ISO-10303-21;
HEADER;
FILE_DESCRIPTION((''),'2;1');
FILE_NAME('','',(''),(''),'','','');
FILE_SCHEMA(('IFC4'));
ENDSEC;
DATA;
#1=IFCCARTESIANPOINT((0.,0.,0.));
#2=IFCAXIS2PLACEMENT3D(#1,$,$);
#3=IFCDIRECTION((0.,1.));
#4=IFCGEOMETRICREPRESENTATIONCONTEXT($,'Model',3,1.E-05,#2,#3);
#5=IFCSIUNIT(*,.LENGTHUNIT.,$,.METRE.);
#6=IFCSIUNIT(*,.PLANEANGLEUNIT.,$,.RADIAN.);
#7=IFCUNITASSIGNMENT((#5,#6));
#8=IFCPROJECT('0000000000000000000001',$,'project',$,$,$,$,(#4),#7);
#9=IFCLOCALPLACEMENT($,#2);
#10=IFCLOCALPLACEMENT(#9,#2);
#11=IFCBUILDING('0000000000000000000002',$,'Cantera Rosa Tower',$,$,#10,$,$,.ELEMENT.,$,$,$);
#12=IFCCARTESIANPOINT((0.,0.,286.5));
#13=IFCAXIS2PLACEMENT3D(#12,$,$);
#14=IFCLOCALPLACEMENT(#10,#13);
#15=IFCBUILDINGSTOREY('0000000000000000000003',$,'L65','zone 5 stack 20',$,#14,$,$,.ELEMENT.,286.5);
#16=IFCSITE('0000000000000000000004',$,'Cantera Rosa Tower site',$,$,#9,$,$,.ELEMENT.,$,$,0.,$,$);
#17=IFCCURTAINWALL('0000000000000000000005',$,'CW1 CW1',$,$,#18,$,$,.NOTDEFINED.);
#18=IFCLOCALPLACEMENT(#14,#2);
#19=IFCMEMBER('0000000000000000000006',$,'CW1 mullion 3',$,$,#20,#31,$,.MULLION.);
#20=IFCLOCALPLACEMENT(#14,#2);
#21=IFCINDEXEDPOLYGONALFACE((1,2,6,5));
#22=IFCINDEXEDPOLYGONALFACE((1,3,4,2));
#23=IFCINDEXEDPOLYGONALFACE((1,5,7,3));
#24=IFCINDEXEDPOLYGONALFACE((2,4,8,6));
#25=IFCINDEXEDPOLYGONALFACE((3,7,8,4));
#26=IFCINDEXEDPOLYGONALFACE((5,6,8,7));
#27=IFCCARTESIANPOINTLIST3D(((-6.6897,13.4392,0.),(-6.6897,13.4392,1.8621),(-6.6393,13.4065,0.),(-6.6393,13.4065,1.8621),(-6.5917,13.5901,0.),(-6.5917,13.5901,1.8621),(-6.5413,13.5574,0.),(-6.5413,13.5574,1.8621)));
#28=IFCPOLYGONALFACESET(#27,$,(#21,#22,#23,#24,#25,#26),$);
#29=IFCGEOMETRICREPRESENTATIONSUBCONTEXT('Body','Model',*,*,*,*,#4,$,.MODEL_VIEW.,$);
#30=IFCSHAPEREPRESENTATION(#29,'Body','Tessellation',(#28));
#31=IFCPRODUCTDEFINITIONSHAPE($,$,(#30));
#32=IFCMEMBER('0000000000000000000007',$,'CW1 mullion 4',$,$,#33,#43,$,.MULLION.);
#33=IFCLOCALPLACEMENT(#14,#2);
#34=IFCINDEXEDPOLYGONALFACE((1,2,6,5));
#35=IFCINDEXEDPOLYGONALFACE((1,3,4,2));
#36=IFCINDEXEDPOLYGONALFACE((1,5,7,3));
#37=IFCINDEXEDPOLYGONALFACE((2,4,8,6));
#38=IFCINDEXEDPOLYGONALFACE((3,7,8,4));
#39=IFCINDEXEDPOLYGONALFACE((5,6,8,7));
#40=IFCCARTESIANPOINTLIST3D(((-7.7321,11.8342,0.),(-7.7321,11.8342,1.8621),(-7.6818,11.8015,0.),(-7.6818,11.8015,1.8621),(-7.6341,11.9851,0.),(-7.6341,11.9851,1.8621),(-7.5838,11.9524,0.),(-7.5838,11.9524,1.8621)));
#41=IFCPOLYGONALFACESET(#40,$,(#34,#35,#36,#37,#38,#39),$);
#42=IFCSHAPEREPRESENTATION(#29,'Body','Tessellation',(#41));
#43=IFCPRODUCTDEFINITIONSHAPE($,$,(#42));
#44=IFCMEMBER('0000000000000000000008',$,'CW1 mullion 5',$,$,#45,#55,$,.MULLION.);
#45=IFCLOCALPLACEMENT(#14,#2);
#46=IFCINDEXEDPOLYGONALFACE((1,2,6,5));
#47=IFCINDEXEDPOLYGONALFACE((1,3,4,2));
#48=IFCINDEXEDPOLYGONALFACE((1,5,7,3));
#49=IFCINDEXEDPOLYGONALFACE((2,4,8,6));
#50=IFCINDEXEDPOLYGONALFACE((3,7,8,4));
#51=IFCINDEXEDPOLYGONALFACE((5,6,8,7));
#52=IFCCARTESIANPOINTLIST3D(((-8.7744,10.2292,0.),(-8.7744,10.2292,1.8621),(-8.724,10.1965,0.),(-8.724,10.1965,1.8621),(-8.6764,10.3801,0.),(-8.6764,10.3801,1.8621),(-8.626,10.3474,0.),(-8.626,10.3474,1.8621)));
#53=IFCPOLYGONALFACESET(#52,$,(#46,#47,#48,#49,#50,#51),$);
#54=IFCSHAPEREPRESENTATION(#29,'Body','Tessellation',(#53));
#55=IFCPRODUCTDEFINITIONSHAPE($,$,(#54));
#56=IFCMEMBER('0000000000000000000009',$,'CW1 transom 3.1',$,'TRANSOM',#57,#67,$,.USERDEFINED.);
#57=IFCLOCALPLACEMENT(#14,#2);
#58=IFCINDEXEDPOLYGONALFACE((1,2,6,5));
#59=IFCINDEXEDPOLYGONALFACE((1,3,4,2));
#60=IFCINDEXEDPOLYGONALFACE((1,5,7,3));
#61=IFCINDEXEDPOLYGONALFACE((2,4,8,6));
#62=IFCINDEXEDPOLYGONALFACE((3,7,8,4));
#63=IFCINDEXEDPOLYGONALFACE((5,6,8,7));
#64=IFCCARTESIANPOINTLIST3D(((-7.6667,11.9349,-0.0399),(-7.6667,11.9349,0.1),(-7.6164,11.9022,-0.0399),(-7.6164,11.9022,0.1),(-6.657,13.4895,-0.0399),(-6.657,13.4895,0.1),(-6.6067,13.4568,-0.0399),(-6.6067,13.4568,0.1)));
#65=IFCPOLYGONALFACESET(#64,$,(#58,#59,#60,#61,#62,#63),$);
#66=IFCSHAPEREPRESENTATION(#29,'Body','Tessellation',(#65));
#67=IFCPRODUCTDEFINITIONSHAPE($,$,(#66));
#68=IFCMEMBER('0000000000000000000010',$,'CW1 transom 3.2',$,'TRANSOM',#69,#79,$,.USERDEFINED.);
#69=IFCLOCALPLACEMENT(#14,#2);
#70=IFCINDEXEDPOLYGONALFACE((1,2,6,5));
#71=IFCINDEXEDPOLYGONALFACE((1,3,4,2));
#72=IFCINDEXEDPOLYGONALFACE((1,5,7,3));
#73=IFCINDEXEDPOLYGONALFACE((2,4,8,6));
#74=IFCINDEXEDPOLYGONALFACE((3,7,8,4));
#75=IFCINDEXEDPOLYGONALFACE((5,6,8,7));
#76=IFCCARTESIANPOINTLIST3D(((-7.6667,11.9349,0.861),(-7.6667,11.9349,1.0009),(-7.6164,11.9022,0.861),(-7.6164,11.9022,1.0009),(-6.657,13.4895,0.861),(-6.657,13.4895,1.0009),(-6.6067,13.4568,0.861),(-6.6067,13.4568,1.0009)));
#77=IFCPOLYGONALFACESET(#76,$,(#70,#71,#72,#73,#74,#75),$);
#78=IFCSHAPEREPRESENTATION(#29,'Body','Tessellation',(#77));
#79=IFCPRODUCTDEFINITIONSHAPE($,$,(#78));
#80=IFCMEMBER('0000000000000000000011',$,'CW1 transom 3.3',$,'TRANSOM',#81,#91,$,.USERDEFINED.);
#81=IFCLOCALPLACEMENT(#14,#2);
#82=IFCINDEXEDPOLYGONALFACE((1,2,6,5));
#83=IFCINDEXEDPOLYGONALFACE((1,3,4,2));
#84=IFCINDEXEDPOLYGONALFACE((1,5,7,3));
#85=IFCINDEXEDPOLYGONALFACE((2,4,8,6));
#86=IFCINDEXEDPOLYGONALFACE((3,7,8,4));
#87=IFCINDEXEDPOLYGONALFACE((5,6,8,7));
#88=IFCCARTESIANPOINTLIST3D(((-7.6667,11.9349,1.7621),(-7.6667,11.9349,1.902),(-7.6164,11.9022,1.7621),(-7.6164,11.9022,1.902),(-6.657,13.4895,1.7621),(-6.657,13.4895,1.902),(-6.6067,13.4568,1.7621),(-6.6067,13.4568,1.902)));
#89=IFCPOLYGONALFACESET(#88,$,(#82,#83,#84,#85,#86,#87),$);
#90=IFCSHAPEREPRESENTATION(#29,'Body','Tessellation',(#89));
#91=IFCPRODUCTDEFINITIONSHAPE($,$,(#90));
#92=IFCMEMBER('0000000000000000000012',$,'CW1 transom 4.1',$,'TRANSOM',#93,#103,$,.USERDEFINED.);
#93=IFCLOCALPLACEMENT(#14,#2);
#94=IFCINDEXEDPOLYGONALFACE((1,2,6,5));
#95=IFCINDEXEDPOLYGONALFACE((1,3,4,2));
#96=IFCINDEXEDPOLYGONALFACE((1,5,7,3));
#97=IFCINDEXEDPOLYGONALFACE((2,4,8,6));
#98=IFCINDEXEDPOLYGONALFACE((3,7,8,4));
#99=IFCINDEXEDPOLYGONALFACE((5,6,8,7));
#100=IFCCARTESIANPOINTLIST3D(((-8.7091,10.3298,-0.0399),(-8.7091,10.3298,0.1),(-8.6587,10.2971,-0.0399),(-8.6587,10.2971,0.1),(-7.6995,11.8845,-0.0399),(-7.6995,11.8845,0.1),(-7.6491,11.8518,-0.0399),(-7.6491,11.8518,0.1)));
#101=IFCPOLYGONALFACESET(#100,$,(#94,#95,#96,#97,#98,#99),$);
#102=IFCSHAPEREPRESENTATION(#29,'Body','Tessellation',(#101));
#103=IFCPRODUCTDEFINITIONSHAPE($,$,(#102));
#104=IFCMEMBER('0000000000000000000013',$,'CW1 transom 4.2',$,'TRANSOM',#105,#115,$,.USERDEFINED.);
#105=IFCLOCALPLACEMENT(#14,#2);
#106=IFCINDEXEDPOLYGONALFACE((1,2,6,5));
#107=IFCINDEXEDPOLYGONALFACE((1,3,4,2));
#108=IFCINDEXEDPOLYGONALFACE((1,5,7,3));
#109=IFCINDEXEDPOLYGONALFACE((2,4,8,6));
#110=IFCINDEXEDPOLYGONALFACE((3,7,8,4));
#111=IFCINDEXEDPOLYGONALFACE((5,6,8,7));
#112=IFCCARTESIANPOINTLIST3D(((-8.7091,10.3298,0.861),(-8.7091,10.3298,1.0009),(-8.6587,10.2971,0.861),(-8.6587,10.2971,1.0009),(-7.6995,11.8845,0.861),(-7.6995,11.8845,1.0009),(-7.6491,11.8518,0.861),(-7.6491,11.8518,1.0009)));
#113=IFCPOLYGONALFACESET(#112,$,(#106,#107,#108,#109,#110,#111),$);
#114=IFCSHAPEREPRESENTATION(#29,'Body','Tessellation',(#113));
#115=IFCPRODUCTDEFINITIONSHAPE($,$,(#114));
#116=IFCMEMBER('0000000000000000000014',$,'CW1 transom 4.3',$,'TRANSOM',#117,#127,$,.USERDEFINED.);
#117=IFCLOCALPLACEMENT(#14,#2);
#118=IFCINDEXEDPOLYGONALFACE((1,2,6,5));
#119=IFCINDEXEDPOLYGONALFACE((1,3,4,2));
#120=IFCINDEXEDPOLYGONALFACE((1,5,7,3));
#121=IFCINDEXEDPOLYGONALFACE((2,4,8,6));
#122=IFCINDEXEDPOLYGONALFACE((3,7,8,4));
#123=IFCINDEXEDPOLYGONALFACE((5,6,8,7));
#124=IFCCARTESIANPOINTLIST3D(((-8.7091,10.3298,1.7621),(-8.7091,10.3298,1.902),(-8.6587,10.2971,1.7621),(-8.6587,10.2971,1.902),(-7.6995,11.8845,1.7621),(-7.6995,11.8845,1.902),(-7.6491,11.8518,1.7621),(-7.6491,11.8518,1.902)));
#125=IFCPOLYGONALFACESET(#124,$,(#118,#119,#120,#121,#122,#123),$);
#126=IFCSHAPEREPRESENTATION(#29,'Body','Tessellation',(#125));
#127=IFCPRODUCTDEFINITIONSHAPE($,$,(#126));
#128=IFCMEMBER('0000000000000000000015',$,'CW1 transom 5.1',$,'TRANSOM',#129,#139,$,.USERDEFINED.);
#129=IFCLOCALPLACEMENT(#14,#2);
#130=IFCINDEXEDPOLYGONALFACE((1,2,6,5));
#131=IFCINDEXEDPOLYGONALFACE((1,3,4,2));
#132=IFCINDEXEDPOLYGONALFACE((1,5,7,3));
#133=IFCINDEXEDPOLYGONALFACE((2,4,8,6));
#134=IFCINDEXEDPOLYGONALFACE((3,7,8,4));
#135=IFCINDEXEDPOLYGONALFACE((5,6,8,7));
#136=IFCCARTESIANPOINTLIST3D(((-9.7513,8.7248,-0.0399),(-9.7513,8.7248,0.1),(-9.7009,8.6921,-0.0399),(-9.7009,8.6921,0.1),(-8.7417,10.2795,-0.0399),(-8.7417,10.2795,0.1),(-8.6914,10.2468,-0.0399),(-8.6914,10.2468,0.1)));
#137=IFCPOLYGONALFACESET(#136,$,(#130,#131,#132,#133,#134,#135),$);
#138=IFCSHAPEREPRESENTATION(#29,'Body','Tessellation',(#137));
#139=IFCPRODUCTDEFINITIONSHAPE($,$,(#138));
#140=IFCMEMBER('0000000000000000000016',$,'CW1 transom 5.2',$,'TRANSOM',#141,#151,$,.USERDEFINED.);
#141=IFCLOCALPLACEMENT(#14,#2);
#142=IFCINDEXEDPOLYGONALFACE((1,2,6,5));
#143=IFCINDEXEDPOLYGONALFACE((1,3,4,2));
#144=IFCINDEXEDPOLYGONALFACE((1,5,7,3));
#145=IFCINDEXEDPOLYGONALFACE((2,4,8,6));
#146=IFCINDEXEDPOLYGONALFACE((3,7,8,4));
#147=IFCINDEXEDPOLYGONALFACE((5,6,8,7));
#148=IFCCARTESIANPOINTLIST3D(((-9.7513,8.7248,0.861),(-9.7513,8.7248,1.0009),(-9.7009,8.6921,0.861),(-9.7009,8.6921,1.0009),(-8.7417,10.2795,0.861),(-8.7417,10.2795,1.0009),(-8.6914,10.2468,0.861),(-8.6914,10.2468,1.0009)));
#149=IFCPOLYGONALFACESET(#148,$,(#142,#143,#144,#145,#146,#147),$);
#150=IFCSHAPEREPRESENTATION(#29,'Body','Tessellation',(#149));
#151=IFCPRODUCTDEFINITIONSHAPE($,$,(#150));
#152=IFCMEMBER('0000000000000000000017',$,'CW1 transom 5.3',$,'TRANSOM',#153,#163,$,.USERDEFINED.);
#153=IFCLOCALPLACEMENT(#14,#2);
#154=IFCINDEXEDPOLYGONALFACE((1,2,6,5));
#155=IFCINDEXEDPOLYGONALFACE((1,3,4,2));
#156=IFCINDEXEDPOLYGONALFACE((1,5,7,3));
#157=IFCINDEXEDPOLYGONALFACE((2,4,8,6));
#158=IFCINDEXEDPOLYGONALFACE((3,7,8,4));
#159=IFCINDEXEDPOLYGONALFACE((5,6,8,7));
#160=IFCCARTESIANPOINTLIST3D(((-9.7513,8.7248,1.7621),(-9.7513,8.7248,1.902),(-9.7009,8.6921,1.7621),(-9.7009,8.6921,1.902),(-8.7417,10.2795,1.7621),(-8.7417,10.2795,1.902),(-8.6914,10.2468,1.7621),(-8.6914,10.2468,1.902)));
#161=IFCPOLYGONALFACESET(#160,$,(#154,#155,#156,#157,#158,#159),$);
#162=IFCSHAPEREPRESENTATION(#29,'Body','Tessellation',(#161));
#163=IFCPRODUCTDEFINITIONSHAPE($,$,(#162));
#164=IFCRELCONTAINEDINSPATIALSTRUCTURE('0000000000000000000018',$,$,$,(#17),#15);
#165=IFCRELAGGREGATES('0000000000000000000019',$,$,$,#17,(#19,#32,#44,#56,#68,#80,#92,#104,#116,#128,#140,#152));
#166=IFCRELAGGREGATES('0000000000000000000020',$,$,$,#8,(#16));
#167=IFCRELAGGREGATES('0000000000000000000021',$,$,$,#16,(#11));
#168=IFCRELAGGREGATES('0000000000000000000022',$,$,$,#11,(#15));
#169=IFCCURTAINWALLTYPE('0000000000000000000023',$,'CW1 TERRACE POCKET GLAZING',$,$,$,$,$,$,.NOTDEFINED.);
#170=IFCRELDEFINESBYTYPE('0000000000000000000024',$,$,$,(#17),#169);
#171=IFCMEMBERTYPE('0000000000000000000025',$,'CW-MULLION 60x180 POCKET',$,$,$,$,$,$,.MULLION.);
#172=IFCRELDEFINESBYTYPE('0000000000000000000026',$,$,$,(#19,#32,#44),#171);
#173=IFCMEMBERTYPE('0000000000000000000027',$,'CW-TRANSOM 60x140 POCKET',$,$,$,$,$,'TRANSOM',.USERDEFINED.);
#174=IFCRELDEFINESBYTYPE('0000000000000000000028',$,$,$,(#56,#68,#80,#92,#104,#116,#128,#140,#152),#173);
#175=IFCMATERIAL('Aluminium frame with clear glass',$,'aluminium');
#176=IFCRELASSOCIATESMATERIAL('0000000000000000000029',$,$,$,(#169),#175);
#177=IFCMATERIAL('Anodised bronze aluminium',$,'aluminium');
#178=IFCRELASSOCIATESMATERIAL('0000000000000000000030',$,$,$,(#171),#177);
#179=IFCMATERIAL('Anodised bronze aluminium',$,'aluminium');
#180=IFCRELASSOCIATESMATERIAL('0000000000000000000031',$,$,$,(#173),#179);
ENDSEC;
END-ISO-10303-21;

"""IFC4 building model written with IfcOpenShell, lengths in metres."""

from ifc_helpers import new_model, si_unit, direction, frame, origin, origin_2d, place, context, subcontext, project, spatial, rectangle, extrude, material, material_profile, profile_set, type_object, element, aggregate, save


model = new_model("IFC4")

# Units and contexts
model_context = context("Model", 3, precision=1e-05, world=origin(), true_north=direction((0.0, 1.0)))
body_context = subcontext(model_context, "Body", "Model", "MODEL_VIEW")
ifc_project = project(units=[si_unit("LENGTHUNIT", "METRE"), si_unit("PLANEANGLEUNIT", "RADIAN")], contexts=[model_context])

# Site, building, storey
site_placement = place(None, origin())
site = spatial("IfcSite", under=ifc_project, at=site_placement, Name="Cantera Rosa Tower site", CompositionType="ELEMENT", RefElevation=0.0)
building_placement = place(site_placement, origin())
building = spatial("IfcBuilding", under=site, at=building_placement, Name="Cantera Rosa Tower", CompositionType="ELEMENT")
storey_placement = place(building_placement, frame((0.0, 0.0, 286.5)))
storey = spatial("IfcBuildingStorey", under=building, at=storey_placement, Name="L65", Description="zone 5 stack 20", CompositionType="ELEMENT", Elevation=286.5)

# Curtain wall, members
ifc_material_1 = material(Name="Aluminium frame with clear glass", Category="aluminium")
curtain_wall_type = type_object("IfcCurtainWallType", Name="CW1 TERRACE POCKET GLAZING", PredefinedType="NOTDEFINED", material=ifc_material_1)
curtain_wall_placement = place(storey_placement, origin())
curtain_wall = element("IfcCurtainWall", 1, at=curtain_wall_placement, inside=storey, type_object=curtain_wall_type, Name="CW1 CW1", PredefinedType="NOTDEFINED")
ifc_material_2 = material(Name="Anodised bronze aluminium", Category="aluminium")
ifc_material_profile_1 = material_profile(ifc_material_2, rectangle(XDim=0.0601, YDim=0.1799, at=origin_2d()), Name="CW-MULLION 60x180 POCKET")
ifc_profile_set_1 = profile_set([ifc_material_profile_1], Name="Anodised bronze aluminium")
member_type_1 = type_object("IfcMemberType", Name="CW-MULLION 60x180 POCKET", PredefinedType="MULLION", material=ifc_profile_set_1)
member_1_placement = place(storey_placement, frame((-6.6155, 13.4983, 0.0), z_axis=(0.0, 0.0, 1.0), x_axis=(0.838671, -0.544639, 0.0)))
member_1 = element("IfcMember", 2, at=member_1_placement, type_object=member_type_1, Name="CW1 mullion 3", PredefinedType="MULLION", context=body_context, shape_type="SweptSolid", body=[
    extrude(rectangle(XDim=0.0601, YDim=0.1799, at=origin_2d()), origin(), (0.0, 0.0, 1.0), 1.8621),
])
member_2_placement = place(storey_placement, frame((-7.658, 11.8933, 0.0), z_axis=(0.0, 0.0, 1.0), x_axis=(0.838671, -0.544639, 0.0)))
member_2 = element("IfcMember", 3, at=member_2_placement, type_object=member_type_1, Name="CW1 mullion 4", PredefinedType="MULLION", context=body_context, shape_type="SweptSolid", body=[
    extrude(rectangle(XDim=0.0601, YDim=0.1799, at=origin_2d()), origin(), (0.0, 0.0, 1.0), 1.8621),
])
member_3_placement = place(storey_placement, frame((-8.7002, 10.2883, 0.0), z_axis=(0.0, 0.0, 1.0), x_axis=(0.838671, -0.544639, 0.0)))
member_3 = element("IfcMember", 4, at=member_3_placement, type_object=member_type_1, Name="CW1 mullion 5", PredefinedType="MULLION", context=body_context, shape_type="SweptSolid", body=[
    extrude(rectangle(XDim=0.0601, YDim=0.1799, at=origin_2d()), origin(), (0.0, 0.0, 1.0), 1.8621),
])
ifc_material_3 = material(Name="Anodised bronze aluminium", Category="aluminium")
ifc_material_profile_2 = material_profile(ifc_material_3, rectangle(XDim=0.0601, YDim=0.1399, at=origin_2d()), Name="CW-TRANSOM 60x140 POCKET")
ifc_profile_set_2 = profile_set([ifc_material_profile_2], Name="Anodised bronze aluminium")
member_type_2 = type_object("IfcMemberType", Name="CW-TRANSOM 60x140 POCKET", ElementType="TRANSOM", PredefinedType="USERDEFINED", material=ifc_profile_set_2)
member_4_placement = place(storey_placement, frame((-6.6318, 13.4731, 0.03), z_axis=(-0.544692, -0.838636, 0.0), x_axis=(0.838636, -0.544692, 0.0)))
member_4 = element("IfcMember", 5, at=member_4_placement, type_object=member_type_2, Name="CW1 transom 3.1", ObjectType="TRANSOM", PredefinedType="USERDEFINED", context=body_context, shape_type="SweptSolid", body=[
    extrude(rectangle(XDim=0.0601, YDim=0.1399, at=origin_2d()), origin(), (0.0, 0.0, 1.0), 1.8538),
])
member_5_placement = place(storey_placement, frame((-6.6318, 13.4731, 0.9309), z_axis=(-0.544692, -0.838636, 0.0), x_axis=(0.838636, -0.544692, 0.0)))
member_5 = element("IfcMember", 6, at=member_5_placement, type_object=member_type_2, Name="CW1 transom 3.2", ObjectType="TRANSOM", PredefinedType="USERDEFINED", context=body_context, shape_type="SweptSolid", body=[
    extrude(rectangle(XDim=0.0601, YDim=0.1399, at=origin_2d()), origin(), (0.0, 0.0, 1.0), 1.8538),
])
member_6_placement = place(storey_placement, frame((-6.6318, 13.4731, 1.832), z_axis=(-0.544692, -0.838636, 0.0), x_axis=(0.838636, -0.544692, 0.0)))
member_6 = element("IfcMember", 7, at=member_6_placement, type_object=member_type_2, Name="CW1 transom 3.3", ObjectType="TRANSOM", PredefinedType="USERDEFINED", context=body_context, shape_type="SweptSolid", body=[
    extrude(rectangle(XDim=0.0601, YDim=0.1399, at=origin_2d()), origin(), (0.0, 0.0, 1.0), 1.8538),
])
member_7_placement = place(storey_placement, frame((-7.6743, 11.8682, 0.03), z_axis=(-0.544599, -0.838696, 0.0), x_axis=(0.838696, -0.544599, 0.0)))
member_7 = element("IfcMember", 8, at=member_7_placement, type_object=member_type_2, Name="CW1 transom 4.1", ObjectType="TRANSOM", PredefinedType="USERDEFINED", context=body_context, shape_type="SweptSolid", body=[
    extrude(rectangle(XDim=0.0601, YDim=0.1399, at=origin_2d()), origin(), (0.0, 0.0, 1.0), 1.8538),
])
member_8_placement = place(storey_placement, frame((-7.6743, 11.8682, 0.9309), z_axis=(-0.544599, -0.838696, 0.0), x_axis=(0.838696, -0.544599, 0.0)))
member_8 = element("IfcMember", 9, at=member_8_placement, type_object=member_type_2, Name="CW1 transom 4.2", ObjectType="TRANSOM", PredefinedType="USERDEFINED", context=body_context, shape_type="SweptSolid", body=[
    extrude(rectangle(XDim=0.0601, YDim=0.1399, at=origin_2d()), origin(), (0.0, 0.0, 1.0), 1.8538),
])
member_9_placement = place(storey_placement, frame((-7.6743, 11.8682, 1.832), z_axis=(-0.544599, -0.838696, 0.0), x_axis=(0.838696, -0.544599, 0.0)))
member_9 = element("IfcMember", 10, at=member_9_placement, type_object=member_type_2, Name="CW1 transom 4.3", ObjectType="TRANSOM", PredefinedType="USERDEFINED", context=body_context, shape_type="SweptSolid", body=[
    extrude(rectangle(XDim=0.0601, YDim=0.1399, at=origin_2d()), origin(), (0.0, 0.0, 1.0), 1.8538),
])
member_10_placement = place(storey_placement, frame((-8.7166, 10.2632, 0.03), z_axis=(-0.544599, -0.838696, 0.0), x_axis=(0.838696, -0.544599, 0.0)))
member_10 = element("IfcMember", 11, at=member_10_placement, type_object=member_type_2, Name="CW1 transom 5.1", ObjectType="TRANSOM", PredefinedType="USERDEFINED", context=body_context, shape_type="SweptSolid", body=[
    extrude(rectangle(XDim=0.0601, YDim=0.1399, at=origin_2d()), origin(), (0.0, 0.0, 1.0), 1.8538),
])
member_11_placement = place(storey_placement, frame((-8.7166, 10.2632, 0.9309), z_axis=(-0.544599, -0.838696, 0.0), x_axis=(0.838696, -0.544599, 0.0)))
member_11 = element("IfcMember", 12, at=member_11_placement, type_object=member_type_2, Name="CW1 transom 5.2", ObjectType="TRANSOM", PredefinedType="USERDEFINED", context=body_context, shape_type="SweptSolid", body=[
    extrude(rectangle(XDim=0.0601, YDim=0.1399, at=origin_2d()), origin(), (0.0, 0.0, 1.0), 1.8538),
])
member_12_placement = place(storey_placement, frame((-8.7166, 10.2632, 1.832), z_axis=(-0.544599, -0.838696, 0.0), x_axis=(0.838696, -0.544599, 0.0)))
member_12 = element("IfcMember", 13, at=member_12_placement, type_object=member_type_2, Name="CW1 transom 5.3", ObjectType="TRANSOM", PredefinedType="USERDEFINED", context=body_context, shape_type="SweptSolid", body=[
    extrude(rectangle(XDim=0.0601, YDim=0.1399, at=origin_2d()), origin(), (0.0, 0.0, 1.0), 1.8538),
])

aggregate(curtain_wall, [member_1, member_2, member_3, member_4, member_5, member_6, member_7, member_8, member_9, member_10, member_11, member_12])

save(model, "model.ifc")
